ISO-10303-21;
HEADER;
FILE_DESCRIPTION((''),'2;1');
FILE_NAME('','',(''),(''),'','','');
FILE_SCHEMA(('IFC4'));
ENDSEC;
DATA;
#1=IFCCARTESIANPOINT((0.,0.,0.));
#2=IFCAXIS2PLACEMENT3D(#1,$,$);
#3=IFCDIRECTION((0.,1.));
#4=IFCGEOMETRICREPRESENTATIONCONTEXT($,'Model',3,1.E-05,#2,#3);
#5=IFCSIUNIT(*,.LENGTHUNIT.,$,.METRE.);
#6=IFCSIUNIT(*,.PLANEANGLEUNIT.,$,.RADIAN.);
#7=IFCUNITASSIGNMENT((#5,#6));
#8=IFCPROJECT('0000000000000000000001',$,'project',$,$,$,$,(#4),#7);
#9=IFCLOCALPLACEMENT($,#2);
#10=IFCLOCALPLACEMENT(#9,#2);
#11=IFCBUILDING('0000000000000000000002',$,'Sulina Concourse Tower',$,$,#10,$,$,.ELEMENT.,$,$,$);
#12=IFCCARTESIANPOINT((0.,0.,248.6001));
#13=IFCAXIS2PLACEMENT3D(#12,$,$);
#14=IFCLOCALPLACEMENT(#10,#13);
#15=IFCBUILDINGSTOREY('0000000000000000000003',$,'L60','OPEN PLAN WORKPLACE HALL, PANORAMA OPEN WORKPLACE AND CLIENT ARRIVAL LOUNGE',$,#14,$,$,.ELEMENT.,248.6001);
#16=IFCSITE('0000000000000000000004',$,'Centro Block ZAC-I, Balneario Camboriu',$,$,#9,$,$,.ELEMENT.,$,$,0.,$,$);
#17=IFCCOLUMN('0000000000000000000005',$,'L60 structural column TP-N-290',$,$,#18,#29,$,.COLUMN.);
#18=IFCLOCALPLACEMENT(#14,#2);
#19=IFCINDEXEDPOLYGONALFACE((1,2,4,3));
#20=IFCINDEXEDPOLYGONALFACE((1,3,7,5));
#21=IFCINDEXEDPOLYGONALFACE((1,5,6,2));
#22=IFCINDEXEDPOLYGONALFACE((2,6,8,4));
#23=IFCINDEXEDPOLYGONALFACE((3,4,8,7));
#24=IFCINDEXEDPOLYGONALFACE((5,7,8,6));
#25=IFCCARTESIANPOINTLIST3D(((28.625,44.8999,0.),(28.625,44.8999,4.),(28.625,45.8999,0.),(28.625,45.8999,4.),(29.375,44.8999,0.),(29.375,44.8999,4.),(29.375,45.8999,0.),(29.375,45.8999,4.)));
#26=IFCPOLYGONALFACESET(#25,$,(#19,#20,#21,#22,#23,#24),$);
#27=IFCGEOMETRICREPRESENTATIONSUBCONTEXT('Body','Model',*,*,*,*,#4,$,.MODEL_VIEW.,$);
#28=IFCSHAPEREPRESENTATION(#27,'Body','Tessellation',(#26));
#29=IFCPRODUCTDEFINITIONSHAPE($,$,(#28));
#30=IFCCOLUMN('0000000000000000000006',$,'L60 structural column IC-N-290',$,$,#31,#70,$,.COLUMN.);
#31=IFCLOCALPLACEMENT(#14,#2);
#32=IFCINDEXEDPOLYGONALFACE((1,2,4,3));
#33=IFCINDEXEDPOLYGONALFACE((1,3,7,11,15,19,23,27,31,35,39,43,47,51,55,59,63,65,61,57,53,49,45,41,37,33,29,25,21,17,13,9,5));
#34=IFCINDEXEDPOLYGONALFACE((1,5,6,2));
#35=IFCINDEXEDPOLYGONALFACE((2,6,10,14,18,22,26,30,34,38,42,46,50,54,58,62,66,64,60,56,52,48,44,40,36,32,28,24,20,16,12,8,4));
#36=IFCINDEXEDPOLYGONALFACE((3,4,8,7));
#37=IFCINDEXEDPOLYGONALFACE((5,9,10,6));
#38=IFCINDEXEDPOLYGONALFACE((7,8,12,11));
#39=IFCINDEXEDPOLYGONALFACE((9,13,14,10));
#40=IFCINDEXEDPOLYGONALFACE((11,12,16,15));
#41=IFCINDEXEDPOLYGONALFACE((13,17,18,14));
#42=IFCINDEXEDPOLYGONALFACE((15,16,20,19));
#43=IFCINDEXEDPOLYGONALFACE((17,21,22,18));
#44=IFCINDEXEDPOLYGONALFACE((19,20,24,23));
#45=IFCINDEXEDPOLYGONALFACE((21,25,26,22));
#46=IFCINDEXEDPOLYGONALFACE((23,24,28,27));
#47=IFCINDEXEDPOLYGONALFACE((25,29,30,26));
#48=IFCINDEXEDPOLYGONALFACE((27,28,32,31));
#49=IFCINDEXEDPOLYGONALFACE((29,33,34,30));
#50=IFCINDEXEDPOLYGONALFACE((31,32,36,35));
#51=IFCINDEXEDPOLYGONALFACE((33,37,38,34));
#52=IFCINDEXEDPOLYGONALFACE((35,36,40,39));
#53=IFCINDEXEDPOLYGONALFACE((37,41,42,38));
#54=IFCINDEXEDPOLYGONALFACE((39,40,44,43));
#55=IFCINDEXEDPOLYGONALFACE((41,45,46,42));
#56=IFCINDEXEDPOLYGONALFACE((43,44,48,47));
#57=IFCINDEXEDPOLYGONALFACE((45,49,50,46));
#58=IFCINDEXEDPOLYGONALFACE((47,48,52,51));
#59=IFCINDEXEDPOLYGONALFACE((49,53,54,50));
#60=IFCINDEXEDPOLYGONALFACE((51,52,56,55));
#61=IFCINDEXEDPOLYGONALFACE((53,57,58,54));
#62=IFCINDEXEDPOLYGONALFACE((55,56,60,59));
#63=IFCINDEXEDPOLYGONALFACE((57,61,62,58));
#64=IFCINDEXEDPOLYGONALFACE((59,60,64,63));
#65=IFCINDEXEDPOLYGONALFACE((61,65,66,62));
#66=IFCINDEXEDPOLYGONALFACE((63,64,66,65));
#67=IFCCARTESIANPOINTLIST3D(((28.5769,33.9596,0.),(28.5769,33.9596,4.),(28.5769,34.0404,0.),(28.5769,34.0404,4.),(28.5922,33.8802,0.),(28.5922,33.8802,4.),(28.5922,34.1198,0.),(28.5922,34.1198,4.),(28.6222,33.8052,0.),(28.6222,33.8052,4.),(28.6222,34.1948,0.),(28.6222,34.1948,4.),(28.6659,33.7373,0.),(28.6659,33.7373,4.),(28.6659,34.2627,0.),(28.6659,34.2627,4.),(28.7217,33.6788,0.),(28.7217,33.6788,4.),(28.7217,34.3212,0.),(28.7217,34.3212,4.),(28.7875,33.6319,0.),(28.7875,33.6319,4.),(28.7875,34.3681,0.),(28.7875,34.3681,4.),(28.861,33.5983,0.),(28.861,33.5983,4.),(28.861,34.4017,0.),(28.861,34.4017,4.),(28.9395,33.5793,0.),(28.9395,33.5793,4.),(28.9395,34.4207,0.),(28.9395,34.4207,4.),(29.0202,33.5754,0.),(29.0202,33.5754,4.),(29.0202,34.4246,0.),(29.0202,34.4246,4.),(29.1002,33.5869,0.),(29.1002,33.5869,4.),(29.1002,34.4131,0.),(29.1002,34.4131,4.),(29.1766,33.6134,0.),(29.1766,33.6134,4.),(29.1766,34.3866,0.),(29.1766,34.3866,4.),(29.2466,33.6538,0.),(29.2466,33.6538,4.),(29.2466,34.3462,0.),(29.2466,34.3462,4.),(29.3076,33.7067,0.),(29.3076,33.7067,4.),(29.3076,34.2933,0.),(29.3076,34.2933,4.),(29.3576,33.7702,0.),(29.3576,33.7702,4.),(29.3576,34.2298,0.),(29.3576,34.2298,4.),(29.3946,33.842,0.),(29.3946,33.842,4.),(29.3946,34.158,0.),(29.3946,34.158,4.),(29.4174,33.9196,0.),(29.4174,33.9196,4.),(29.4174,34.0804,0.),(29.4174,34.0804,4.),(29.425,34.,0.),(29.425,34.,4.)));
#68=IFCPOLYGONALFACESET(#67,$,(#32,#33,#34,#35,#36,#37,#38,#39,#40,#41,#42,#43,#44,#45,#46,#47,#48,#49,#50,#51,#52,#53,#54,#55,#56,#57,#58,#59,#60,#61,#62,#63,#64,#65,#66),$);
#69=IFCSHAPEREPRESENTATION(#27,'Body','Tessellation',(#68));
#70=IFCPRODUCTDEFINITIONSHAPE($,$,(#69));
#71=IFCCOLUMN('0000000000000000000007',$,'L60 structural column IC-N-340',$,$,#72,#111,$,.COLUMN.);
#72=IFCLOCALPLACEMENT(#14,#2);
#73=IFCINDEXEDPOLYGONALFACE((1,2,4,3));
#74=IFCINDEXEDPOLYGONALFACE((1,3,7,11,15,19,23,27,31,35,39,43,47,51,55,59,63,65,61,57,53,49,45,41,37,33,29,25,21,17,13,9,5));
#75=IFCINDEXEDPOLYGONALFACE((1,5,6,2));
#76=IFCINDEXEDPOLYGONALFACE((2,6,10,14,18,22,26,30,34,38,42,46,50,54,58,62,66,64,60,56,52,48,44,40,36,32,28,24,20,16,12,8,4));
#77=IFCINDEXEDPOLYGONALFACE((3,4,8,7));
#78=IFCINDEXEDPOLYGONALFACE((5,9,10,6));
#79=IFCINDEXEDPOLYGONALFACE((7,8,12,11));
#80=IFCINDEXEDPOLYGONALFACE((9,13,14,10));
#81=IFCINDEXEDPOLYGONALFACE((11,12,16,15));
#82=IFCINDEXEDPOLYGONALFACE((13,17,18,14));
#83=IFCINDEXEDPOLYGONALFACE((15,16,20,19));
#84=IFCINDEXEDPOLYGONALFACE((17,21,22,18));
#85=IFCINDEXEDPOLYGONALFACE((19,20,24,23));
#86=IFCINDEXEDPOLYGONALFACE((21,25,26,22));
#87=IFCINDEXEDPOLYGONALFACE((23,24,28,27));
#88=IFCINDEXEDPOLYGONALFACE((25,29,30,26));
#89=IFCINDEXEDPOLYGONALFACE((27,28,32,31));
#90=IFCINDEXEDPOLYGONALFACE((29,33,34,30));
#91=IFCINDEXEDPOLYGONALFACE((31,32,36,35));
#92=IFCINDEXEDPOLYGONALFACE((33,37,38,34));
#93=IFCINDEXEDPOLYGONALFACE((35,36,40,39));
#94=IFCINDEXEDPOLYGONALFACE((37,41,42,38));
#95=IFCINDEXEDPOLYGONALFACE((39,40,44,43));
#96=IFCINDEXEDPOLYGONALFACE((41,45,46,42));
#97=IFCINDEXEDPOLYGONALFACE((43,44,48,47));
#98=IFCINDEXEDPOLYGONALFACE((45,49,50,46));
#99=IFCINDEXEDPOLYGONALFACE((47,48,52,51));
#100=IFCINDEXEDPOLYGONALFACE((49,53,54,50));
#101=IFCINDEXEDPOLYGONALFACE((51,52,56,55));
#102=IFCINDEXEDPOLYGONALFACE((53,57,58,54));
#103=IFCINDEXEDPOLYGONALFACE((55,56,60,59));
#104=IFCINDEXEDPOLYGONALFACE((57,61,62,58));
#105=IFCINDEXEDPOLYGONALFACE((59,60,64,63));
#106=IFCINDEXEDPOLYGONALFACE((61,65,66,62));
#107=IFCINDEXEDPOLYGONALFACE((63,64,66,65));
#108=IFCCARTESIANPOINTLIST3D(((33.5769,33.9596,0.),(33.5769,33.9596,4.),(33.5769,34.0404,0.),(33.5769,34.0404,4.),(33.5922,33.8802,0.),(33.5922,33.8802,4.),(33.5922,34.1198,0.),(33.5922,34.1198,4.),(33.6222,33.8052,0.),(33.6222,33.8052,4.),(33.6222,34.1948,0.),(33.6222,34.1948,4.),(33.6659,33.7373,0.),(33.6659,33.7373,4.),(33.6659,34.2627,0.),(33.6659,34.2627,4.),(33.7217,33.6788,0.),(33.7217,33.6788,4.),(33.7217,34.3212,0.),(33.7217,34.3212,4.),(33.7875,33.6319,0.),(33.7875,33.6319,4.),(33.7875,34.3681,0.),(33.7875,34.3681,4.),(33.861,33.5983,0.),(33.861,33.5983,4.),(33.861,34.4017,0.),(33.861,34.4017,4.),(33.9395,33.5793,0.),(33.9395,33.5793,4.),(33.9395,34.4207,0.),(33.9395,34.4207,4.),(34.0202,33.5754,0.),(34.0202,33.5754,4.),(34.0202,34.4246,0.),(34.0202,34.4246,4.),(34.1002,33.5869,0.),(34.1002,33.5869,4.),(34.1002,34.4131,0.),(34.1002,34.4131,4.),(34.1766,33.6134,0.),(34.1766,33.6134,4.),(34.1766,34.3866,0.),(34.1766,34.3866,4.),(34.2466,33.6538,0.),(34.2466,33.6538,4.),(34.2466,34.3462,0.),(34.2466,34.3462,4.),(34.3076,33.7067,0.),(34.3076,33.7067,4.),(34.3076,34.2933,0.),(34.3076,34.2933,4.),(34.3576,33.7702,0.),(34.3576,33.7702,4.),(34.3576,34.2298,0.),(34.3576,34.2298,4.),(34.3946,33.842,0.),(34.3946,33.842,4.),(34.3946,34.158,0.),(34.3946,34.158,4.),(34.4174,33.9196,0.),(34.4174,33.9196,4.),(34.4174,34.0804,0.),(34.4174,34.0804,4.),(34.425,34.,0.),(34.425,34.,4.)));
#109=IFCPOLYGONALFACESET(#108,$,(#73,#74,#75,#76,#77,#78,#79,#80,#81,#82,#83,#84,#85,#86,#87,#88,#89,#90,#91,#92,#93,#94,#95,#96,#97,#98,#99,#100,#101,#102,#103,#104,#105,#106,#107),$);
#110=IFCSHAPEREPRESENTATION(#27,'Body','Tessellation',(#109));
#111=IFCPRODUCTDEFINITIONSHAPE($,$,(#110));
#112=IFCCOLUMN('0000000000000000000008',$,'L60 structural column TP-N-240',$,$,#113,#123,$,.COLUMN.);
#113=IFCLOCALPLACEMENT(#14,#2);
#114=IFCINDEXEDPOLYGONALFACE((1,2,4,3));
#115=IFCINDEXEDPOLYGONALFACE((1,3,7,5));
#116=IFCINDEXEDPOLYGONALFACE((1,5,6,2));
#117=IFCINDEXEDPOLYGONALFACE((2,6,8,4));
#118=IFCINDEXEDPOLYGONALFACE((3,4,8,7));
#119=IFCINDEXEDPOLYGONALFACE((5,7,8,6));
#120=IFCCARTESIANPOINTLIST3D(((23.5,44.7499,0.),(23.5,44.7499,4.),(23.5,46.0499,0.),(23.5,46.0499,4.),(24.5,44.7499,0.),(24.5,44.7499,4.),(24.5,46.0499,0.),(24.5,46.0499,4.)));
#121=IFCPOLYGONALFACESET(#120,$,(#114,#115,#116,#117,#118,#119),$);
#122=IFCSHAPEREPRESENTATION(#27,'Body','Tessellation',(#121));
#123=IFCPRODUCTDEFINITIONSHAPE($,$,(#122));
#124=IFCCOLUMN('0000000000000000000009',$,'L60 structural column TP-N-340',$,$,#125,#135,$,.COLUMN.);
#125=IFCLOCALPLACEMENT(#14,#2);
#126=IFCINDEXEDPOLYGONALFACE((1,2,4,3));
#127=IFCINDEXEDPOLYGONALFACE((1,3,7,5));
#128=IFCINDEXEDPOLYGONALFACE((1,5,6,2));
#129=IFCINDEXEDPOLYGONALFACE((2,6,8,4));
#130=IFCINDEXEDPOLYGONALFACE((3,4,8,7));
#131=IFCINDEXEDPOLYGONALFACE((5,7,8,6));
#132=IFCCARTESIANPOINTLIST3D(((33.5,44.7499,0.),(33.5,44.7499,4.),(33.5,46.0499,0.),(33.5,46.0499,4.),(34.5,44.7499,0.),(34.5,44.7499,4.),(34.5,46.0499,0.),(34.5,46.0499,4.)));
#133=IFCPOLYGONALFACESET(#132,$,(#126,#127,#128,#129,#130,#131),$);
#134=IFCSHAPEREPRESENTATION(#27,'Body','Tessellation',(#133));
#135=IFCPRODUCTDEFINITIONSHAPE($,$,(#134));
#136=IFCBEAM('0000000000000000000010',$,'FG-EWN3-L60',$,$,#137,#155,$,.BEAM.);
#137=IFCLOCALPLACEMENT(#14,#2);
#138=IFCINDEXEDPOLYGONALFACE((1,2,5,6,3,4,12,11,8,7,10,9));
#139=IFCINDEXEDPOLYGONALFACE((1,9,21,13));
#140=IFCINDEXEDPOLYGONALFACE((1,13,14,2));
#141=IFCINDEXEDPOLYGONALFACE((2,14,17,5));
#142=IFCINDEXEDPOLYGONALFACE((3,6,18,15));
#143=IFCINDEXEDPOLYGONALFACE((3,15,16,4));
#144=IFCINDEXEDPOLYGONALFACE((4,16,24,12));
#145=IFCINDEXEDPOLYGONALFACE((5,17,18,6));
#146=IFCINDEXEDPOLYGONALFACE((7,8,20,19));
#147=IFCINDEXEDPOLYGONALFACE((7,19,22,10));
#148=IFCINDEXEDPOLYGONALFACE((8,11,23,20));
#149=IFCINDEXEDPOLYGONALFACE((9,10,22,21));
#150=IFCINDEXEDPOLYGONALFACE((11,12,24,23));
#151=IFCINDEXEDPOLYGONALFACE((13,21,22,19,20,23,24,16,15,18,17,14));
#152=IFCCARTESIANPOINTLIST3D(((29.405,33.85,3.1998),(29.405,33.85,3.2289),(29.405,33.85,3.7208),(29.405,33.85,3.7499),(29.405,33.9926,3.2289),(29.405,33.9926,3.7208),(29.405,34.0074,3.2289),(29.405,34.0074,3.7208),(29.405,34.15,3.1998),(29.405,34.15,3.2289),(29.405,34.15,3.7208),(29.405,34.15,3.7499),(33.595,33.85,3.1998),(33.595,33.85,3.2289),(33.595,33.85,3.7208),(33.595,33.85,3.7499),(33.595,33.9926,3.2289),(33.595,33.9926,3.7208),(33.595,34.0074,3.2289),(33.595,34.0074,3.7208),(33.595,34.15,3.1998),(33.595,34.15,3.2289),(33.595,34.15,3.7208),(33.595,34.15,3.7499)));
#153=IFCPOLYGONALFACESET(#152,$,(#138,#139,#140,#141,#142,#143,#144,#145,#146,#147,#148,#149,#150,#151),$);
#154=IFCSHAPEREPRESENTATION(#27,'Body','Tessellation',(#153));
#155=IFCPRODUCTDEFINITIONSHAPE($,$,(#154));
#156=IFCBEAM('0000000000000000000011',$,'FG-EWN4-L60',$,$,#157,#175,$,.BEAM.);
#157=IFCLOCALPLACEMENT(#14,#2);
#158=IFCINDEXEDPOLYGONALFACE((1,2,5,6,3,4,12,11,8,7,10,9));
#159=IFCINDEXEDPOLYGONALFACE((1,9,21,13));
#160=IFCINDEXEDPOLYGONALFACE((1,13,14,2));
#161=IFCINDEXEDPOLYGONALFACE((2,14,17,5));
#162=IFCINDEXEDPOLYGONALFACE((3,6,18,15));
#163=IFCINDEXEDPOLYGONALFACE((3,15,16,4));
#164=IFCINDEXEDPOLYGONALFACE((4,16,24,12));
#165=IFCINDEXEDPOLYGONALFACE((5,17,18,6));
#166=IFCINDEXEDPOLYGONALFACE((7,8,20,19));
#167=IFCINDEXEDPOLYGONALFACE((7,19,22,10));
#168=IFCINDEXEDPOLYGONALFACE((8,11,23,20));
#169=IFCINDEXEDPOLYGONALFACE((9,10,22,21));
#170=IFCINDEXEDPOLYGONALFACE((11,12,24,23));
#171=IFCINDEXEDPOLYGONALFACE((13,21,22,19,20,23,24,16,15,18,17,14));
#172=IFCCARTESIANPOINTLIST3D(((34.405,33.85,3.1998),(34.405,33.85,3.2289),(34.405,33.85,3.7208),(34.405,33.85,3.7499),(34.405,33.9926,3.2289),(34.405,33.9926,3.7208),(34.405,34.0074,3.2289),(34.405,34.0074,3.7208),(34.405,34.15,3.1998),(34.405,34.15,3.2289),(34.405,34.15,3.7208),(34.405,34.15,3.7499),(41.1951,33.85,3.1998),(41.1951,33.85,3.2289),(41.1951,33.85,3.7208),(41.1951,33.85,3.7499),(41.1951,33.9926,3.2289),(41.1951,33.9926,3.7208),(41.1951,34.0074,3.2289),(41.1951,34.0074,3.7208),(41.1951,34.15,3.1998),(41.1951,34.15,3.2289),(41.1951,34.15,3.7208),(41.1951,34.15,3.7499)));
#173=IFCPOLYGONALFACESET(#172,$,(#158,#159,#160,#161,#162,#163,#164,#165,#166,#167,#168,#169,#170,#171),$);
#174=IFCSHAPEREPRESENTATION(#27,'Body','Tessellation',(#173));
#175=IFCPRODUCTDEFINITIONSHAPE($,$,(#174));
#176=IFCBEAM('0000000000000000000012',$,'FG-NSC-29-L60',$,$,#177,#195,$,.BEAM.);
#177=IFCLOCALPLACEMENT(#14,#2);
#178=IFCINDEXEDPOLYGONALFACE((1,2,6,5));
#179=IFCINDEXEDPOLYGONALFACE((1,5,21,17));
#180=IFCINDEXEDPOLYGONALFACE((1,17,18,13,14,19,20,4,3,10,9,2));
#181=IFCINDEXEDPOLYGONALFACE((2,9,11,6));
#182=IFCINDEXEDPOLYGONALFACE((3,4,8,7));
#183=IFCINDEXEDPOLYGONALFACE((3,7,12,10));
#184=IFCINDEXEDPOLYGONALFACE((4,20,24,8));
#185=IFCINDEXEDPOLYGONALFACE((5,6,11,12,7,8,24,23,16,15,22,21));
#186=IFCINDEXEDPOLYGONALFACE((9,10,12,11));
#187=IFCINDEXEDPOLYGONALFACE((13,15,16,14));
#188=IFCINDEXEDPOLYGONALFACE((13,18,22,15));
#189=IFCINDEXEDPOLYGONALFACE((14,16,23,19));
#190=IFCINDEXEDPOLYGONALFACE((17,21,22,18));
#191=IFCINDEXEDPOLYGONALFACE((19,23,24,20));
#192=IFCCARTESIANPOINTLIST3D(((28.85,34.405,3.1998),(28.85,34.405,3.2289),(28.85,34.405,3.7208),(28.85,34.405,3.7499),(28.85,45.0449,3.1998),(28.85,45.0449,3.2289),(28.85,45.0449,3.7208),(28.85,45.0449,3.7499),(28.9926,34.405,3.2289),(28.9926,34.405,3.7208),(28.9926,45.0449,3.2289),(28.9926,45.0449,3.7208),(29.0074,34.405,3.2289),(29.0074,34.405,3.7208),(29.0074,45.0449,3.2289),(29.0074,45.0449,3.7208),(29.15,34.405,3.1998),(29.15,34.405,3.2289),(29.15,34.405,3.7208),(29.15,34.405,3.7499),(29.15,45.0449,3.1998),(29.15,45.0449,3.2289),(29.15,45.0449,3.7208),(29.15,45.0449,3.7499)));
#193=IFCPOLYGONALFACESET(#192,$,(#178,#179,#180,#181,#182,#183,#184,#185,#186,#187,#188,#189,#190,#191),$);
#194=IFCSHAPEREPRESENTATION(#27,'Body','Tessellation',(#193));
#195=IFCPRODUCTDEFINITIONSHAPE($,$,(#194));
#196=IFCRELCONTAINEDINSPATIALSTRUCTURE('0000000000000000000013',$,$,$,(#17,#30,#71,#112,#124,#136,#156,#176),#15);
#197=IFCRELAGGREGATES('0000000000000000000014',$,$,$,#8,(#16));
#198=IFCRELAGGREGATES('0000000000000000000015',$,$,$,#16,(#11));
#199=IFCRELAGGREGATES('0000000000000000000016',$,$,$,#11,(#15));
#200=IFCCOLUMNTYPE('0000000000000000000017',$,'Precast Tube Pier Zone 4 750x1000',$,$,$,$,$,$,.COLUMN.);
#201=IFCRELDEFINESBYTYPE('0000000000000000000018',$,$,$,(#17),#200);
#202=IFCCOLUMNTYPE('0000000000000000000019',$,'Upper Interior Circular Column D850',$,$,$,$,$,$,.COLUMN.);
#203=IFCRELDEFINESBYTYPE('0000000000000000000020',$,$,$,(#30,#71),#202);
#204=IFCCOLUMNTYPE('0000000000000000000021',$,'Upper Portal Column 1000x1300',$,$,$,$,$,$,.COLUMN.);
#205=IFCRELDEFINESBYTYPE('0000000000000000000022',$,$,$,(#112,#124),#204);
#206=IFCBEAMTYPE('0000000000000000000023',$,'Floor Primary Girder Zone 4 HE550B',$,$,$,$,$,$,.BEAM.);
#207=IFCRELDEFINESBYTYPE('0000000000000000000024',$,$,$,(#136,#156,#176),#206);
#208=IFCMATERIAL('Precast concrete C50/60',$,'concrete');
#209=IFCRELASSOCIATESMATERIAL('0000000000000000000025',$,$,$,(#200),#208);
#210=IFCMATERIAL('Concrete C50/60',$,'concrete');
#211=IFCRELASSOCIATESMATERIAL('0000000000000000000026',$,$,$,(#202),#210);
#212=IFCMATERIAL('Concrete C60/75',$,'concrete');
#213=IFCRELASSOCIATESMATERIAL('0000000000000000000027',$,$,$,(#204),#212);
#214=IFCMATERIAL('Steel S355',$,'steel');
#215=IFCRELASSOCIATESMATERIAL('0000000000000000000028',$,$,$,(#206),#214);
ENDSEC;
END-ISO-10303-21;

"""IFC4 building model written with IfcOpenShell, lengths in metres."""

from ifc_helpers import new_model, si_unit, direction, frame, origin, origin_2d, place, context, subcontext, project, spatial, rectangle, circle, i_section, extrude, material, material_profile, profile_set, type_object, element, save


model = new_model("IFC4")

# Units and contexts
model_context = context("Model", 3, precision=1e-05, world=origin(), true_north=direction((0.0, 1.0)))
body_context = subcontext(model_context, "Body", "Model", "MODEL_VIEW")
ifc_project = project(units=[si_unit("LENGTHUNIT", "METRE"), si_unit("PLANEANGLEUNIT", "RADIAN")], contexts=[model_context])

# Site, building, storey
site_placement = place(None, origin())
site = spatial("IfcSite", under=ifc_project, at=site_placement, Name="Centro Block ZAC-I, Balneario Camboriu", CompositionType="ELEMENT", RefElevation=0.0)
building_placement = place(site_placement, origin())
building = spatial("IfcBuilding", under=site, at=building_placement, Name="Sulina Concourse Tower", CompositionType="ELEMENT")
storey_placement = place(building_placement, frame((0.0, 0.0, 248.6001)))
storey = spatial("IfcBuildingStorey", under=building, at=storey_placement, Name="L60", Description="OPEN PLAN WORKPLACE HALL, PANORAMA OPEN WORKPLACE AND CLIENT ARRIVAL LOUNGE", CompositionType="ELEMENT", Elevation=248.6001)

# Columns
ifc_material_1 = material(Name="Precast concrete C50/60", Category="concrete")
ifc_material_profile_1 = material_profile(ifc_material_1, rectangle(XDim=0.75, YDim=1.0, at=origin_2d()), Name="PC 750x1000")
ifc_profile_set_1 = profile_set([ifc_material_profile_1], Name="Precast concrete C50/60")
column_type_1 = type_object("IfcColumnType", Name="Precast Tube Pier Zone 4 750x1000", PredefinedType="COLUMN", material=ifc_profile_set_1)
column_placement = place(storey_placement, frame((29.0, 45.3999, 0.0), z_axis=(0.0, 0.0, 1.0), x_axis=(1.0, 0.0, 0.0)))
element("IfcColumn", 1, at=column_placement, inside=storey, type_object=column_type_1, Name="L60 structural column TP-N-290", PredefinedType="COLUMN", context=body_context, shape_type="SweptSolid", body=[
    extrude(rectangle(XDim=0.75, YDim=1.0, at=origin_2d()), origin(), (0.0, 0.0, 1.0), 4.0),
])
ifc_material_2 = material(Name="Concrete C50/60", Category="concrete")
ifc_material_profile_2 = material_profile(ifc_material_2, circle(Radius=0.425, at=origin_2d()), Name="RC D850")
ifc_profile_set_2 = profile_set([ifc_material_profile_2], Name="Concrete C50/60")
column_type_2 = type_object("IfcColumnType", Name="Upper Interior Circular Column D850", PredefinedType="COLUMN", material=ifc_profile_set_2)
for number, where, z_axis, x_axis, name in (
    (2, (29.0, 34.0, 0.0), (0.0, 0.0, 1.0), (1.0, 0.0, 0.0), "L60 structural column IC-N-290"),
    (3, (34.0, 34.0, 0.0), (0.0, 0.0, 1.0), (1.0, 0.0, 0.0), "L60 structural column IC-N-340"),
):
    element("IfcColumn", number, at=place(storey_placement, frame(where, z_axis=z_axis, x_axis=x_axis)), inside=storey, type_object=column_type_2, Name=name, PredefinedType="COLUMN", context=body_context, shape_type="SweptSolid", body=[
        extrude(circle(Radius=0.425, at=origin_2d()), origin(), (0.0, 0.0, 1.0), 4.0),
    ])
ifc_material_3 = material(Name="Concrete C60/75", Category="concrete")
ifc_material_profile_3 = material_profile(ifc_material_3, rectangle(XDim=1.0, YDim=1.3, at=origin_2d()), Name="RC 1000x1300")
ifc_profile_set_3 = profile_set([ifc_material_profile_3], Name="Concrete C60/75")
column_type_3 = type_object("IfcColumnType", Name="Upper Portal Column 1000x1300", PredefinedType="COLUMN", material=ifc_profile_set_3)
for number, where, z_axis, x_axis, name in (
    (4, (24.0, 45.3999, 0.0), (0.0, 0.0, 1.0), (1.0, 0.0, 0.0), "L60 structural column TP-N-240"),
    (5, (34.0, 45.3999, 0.0), (0.0, 0.0, 1.0), (1.0, 0.0, 0.0), "L60 structural column TP-N-340"),
):
    element("IfcColumn", number, at=place(storey_placement, frame(where, z_axis=z_axis, x_axis=x_axis)), inside=storey, type_object=column_type_3, Name=name, PredefinedType="COLUMN", context=body_context, shape_type="SweptSolid", body=[
        extrude(rectangle(XDim=1.0, YDim=1.3, at=origin_2d()), origin(), (0.0, 0.0, 1.0), 4.0),
    ])

# Beams
ifc_material_4 = material(Name="Steel S355", Category="steel")
ifc_material_profile_4 = material_profile(ifc_material_4, i_section(OverallWidth=0.3, OverallDepth=0.55, WebThickness=0.0149, FlangeThickness=0.0291, at=origin_2d()), Name="HE 550 B")
ifc_profile_set_4 = profile_set([ifc_material_profile_4], Name="Steel S355")
beam_type_1 = type_object("IfcBeamType", Name="Floor Primary Girder Zone 4 HE550B", PredefinedType="BEAM", material=ifc_profile_set_4)
beam_1_placement = place(storey_placement, frame((29.405, 34.0, 3.4749), z_axis=(1.0, 0.0, 0.0), x_axis=(0.0, 1.0, 0.0)))
element("IfcBeam", 6, at=beam_1_placement, inside=storey, type_object=beam_type_1, Name="FG-EWN3-L60", PredefinedType="BEAM", context=body_context, shape_type="SweptSolid", body=[
    extrude(i_section(OverallWidth=0.3, OverallDepth=0.55, WebThickness=0.0149, FlangeThickness=0.0291, at=origin_2d()), origin(), (0.0, 0.0, 1.0), 4.1899),
])
beam_2_placement = place(storey_placement, frame((34.405, 34.0, 3.4749), z_axis=(1.0, 0.0, 0.0), x_axis=(0.0, 1.0, 0.0)))
element("IfcBeam", 7, at=beam_2_placement, inside=storey, type_object=beam_type_1, Name="FG-EWN4-L60", PredefinedType="BEAM", context=body_context, shape_type="SweptSolid", body=[
    extrude(i_section(OverallWidth=0.3, OverallDepth=0.55, WebThickness=0.0149, FlangeThickness=0.0291, at=origin_2d()), origin(), (0.0, 0.0, 1.0), 6.79),
])
beam_3_placement = place(storey_placement, frame((29.0, 34.405, 3.4749), z_axis=(0.0, 1.0, 0.0), x_axis=(-1.0, 0.0, 0.0)))
element("IfcBeam", 8, at=beam_3_placement, inside=storey, type_object=beam_type_1, Name="FG-NSC-29-L60", PredefinedType="BEAM", context=body_context, shape_type="SweptSolid", body=[
    extrude(i_section(OverallWidth=0.3, OverallDepth=0.55, WebThickness=0.0149, FlangeThickness=0.0291, at=origin_2d()), origin(), (0.0, 0.0, 1.0), 10.6399),
])

save(model, "model.ifc")
